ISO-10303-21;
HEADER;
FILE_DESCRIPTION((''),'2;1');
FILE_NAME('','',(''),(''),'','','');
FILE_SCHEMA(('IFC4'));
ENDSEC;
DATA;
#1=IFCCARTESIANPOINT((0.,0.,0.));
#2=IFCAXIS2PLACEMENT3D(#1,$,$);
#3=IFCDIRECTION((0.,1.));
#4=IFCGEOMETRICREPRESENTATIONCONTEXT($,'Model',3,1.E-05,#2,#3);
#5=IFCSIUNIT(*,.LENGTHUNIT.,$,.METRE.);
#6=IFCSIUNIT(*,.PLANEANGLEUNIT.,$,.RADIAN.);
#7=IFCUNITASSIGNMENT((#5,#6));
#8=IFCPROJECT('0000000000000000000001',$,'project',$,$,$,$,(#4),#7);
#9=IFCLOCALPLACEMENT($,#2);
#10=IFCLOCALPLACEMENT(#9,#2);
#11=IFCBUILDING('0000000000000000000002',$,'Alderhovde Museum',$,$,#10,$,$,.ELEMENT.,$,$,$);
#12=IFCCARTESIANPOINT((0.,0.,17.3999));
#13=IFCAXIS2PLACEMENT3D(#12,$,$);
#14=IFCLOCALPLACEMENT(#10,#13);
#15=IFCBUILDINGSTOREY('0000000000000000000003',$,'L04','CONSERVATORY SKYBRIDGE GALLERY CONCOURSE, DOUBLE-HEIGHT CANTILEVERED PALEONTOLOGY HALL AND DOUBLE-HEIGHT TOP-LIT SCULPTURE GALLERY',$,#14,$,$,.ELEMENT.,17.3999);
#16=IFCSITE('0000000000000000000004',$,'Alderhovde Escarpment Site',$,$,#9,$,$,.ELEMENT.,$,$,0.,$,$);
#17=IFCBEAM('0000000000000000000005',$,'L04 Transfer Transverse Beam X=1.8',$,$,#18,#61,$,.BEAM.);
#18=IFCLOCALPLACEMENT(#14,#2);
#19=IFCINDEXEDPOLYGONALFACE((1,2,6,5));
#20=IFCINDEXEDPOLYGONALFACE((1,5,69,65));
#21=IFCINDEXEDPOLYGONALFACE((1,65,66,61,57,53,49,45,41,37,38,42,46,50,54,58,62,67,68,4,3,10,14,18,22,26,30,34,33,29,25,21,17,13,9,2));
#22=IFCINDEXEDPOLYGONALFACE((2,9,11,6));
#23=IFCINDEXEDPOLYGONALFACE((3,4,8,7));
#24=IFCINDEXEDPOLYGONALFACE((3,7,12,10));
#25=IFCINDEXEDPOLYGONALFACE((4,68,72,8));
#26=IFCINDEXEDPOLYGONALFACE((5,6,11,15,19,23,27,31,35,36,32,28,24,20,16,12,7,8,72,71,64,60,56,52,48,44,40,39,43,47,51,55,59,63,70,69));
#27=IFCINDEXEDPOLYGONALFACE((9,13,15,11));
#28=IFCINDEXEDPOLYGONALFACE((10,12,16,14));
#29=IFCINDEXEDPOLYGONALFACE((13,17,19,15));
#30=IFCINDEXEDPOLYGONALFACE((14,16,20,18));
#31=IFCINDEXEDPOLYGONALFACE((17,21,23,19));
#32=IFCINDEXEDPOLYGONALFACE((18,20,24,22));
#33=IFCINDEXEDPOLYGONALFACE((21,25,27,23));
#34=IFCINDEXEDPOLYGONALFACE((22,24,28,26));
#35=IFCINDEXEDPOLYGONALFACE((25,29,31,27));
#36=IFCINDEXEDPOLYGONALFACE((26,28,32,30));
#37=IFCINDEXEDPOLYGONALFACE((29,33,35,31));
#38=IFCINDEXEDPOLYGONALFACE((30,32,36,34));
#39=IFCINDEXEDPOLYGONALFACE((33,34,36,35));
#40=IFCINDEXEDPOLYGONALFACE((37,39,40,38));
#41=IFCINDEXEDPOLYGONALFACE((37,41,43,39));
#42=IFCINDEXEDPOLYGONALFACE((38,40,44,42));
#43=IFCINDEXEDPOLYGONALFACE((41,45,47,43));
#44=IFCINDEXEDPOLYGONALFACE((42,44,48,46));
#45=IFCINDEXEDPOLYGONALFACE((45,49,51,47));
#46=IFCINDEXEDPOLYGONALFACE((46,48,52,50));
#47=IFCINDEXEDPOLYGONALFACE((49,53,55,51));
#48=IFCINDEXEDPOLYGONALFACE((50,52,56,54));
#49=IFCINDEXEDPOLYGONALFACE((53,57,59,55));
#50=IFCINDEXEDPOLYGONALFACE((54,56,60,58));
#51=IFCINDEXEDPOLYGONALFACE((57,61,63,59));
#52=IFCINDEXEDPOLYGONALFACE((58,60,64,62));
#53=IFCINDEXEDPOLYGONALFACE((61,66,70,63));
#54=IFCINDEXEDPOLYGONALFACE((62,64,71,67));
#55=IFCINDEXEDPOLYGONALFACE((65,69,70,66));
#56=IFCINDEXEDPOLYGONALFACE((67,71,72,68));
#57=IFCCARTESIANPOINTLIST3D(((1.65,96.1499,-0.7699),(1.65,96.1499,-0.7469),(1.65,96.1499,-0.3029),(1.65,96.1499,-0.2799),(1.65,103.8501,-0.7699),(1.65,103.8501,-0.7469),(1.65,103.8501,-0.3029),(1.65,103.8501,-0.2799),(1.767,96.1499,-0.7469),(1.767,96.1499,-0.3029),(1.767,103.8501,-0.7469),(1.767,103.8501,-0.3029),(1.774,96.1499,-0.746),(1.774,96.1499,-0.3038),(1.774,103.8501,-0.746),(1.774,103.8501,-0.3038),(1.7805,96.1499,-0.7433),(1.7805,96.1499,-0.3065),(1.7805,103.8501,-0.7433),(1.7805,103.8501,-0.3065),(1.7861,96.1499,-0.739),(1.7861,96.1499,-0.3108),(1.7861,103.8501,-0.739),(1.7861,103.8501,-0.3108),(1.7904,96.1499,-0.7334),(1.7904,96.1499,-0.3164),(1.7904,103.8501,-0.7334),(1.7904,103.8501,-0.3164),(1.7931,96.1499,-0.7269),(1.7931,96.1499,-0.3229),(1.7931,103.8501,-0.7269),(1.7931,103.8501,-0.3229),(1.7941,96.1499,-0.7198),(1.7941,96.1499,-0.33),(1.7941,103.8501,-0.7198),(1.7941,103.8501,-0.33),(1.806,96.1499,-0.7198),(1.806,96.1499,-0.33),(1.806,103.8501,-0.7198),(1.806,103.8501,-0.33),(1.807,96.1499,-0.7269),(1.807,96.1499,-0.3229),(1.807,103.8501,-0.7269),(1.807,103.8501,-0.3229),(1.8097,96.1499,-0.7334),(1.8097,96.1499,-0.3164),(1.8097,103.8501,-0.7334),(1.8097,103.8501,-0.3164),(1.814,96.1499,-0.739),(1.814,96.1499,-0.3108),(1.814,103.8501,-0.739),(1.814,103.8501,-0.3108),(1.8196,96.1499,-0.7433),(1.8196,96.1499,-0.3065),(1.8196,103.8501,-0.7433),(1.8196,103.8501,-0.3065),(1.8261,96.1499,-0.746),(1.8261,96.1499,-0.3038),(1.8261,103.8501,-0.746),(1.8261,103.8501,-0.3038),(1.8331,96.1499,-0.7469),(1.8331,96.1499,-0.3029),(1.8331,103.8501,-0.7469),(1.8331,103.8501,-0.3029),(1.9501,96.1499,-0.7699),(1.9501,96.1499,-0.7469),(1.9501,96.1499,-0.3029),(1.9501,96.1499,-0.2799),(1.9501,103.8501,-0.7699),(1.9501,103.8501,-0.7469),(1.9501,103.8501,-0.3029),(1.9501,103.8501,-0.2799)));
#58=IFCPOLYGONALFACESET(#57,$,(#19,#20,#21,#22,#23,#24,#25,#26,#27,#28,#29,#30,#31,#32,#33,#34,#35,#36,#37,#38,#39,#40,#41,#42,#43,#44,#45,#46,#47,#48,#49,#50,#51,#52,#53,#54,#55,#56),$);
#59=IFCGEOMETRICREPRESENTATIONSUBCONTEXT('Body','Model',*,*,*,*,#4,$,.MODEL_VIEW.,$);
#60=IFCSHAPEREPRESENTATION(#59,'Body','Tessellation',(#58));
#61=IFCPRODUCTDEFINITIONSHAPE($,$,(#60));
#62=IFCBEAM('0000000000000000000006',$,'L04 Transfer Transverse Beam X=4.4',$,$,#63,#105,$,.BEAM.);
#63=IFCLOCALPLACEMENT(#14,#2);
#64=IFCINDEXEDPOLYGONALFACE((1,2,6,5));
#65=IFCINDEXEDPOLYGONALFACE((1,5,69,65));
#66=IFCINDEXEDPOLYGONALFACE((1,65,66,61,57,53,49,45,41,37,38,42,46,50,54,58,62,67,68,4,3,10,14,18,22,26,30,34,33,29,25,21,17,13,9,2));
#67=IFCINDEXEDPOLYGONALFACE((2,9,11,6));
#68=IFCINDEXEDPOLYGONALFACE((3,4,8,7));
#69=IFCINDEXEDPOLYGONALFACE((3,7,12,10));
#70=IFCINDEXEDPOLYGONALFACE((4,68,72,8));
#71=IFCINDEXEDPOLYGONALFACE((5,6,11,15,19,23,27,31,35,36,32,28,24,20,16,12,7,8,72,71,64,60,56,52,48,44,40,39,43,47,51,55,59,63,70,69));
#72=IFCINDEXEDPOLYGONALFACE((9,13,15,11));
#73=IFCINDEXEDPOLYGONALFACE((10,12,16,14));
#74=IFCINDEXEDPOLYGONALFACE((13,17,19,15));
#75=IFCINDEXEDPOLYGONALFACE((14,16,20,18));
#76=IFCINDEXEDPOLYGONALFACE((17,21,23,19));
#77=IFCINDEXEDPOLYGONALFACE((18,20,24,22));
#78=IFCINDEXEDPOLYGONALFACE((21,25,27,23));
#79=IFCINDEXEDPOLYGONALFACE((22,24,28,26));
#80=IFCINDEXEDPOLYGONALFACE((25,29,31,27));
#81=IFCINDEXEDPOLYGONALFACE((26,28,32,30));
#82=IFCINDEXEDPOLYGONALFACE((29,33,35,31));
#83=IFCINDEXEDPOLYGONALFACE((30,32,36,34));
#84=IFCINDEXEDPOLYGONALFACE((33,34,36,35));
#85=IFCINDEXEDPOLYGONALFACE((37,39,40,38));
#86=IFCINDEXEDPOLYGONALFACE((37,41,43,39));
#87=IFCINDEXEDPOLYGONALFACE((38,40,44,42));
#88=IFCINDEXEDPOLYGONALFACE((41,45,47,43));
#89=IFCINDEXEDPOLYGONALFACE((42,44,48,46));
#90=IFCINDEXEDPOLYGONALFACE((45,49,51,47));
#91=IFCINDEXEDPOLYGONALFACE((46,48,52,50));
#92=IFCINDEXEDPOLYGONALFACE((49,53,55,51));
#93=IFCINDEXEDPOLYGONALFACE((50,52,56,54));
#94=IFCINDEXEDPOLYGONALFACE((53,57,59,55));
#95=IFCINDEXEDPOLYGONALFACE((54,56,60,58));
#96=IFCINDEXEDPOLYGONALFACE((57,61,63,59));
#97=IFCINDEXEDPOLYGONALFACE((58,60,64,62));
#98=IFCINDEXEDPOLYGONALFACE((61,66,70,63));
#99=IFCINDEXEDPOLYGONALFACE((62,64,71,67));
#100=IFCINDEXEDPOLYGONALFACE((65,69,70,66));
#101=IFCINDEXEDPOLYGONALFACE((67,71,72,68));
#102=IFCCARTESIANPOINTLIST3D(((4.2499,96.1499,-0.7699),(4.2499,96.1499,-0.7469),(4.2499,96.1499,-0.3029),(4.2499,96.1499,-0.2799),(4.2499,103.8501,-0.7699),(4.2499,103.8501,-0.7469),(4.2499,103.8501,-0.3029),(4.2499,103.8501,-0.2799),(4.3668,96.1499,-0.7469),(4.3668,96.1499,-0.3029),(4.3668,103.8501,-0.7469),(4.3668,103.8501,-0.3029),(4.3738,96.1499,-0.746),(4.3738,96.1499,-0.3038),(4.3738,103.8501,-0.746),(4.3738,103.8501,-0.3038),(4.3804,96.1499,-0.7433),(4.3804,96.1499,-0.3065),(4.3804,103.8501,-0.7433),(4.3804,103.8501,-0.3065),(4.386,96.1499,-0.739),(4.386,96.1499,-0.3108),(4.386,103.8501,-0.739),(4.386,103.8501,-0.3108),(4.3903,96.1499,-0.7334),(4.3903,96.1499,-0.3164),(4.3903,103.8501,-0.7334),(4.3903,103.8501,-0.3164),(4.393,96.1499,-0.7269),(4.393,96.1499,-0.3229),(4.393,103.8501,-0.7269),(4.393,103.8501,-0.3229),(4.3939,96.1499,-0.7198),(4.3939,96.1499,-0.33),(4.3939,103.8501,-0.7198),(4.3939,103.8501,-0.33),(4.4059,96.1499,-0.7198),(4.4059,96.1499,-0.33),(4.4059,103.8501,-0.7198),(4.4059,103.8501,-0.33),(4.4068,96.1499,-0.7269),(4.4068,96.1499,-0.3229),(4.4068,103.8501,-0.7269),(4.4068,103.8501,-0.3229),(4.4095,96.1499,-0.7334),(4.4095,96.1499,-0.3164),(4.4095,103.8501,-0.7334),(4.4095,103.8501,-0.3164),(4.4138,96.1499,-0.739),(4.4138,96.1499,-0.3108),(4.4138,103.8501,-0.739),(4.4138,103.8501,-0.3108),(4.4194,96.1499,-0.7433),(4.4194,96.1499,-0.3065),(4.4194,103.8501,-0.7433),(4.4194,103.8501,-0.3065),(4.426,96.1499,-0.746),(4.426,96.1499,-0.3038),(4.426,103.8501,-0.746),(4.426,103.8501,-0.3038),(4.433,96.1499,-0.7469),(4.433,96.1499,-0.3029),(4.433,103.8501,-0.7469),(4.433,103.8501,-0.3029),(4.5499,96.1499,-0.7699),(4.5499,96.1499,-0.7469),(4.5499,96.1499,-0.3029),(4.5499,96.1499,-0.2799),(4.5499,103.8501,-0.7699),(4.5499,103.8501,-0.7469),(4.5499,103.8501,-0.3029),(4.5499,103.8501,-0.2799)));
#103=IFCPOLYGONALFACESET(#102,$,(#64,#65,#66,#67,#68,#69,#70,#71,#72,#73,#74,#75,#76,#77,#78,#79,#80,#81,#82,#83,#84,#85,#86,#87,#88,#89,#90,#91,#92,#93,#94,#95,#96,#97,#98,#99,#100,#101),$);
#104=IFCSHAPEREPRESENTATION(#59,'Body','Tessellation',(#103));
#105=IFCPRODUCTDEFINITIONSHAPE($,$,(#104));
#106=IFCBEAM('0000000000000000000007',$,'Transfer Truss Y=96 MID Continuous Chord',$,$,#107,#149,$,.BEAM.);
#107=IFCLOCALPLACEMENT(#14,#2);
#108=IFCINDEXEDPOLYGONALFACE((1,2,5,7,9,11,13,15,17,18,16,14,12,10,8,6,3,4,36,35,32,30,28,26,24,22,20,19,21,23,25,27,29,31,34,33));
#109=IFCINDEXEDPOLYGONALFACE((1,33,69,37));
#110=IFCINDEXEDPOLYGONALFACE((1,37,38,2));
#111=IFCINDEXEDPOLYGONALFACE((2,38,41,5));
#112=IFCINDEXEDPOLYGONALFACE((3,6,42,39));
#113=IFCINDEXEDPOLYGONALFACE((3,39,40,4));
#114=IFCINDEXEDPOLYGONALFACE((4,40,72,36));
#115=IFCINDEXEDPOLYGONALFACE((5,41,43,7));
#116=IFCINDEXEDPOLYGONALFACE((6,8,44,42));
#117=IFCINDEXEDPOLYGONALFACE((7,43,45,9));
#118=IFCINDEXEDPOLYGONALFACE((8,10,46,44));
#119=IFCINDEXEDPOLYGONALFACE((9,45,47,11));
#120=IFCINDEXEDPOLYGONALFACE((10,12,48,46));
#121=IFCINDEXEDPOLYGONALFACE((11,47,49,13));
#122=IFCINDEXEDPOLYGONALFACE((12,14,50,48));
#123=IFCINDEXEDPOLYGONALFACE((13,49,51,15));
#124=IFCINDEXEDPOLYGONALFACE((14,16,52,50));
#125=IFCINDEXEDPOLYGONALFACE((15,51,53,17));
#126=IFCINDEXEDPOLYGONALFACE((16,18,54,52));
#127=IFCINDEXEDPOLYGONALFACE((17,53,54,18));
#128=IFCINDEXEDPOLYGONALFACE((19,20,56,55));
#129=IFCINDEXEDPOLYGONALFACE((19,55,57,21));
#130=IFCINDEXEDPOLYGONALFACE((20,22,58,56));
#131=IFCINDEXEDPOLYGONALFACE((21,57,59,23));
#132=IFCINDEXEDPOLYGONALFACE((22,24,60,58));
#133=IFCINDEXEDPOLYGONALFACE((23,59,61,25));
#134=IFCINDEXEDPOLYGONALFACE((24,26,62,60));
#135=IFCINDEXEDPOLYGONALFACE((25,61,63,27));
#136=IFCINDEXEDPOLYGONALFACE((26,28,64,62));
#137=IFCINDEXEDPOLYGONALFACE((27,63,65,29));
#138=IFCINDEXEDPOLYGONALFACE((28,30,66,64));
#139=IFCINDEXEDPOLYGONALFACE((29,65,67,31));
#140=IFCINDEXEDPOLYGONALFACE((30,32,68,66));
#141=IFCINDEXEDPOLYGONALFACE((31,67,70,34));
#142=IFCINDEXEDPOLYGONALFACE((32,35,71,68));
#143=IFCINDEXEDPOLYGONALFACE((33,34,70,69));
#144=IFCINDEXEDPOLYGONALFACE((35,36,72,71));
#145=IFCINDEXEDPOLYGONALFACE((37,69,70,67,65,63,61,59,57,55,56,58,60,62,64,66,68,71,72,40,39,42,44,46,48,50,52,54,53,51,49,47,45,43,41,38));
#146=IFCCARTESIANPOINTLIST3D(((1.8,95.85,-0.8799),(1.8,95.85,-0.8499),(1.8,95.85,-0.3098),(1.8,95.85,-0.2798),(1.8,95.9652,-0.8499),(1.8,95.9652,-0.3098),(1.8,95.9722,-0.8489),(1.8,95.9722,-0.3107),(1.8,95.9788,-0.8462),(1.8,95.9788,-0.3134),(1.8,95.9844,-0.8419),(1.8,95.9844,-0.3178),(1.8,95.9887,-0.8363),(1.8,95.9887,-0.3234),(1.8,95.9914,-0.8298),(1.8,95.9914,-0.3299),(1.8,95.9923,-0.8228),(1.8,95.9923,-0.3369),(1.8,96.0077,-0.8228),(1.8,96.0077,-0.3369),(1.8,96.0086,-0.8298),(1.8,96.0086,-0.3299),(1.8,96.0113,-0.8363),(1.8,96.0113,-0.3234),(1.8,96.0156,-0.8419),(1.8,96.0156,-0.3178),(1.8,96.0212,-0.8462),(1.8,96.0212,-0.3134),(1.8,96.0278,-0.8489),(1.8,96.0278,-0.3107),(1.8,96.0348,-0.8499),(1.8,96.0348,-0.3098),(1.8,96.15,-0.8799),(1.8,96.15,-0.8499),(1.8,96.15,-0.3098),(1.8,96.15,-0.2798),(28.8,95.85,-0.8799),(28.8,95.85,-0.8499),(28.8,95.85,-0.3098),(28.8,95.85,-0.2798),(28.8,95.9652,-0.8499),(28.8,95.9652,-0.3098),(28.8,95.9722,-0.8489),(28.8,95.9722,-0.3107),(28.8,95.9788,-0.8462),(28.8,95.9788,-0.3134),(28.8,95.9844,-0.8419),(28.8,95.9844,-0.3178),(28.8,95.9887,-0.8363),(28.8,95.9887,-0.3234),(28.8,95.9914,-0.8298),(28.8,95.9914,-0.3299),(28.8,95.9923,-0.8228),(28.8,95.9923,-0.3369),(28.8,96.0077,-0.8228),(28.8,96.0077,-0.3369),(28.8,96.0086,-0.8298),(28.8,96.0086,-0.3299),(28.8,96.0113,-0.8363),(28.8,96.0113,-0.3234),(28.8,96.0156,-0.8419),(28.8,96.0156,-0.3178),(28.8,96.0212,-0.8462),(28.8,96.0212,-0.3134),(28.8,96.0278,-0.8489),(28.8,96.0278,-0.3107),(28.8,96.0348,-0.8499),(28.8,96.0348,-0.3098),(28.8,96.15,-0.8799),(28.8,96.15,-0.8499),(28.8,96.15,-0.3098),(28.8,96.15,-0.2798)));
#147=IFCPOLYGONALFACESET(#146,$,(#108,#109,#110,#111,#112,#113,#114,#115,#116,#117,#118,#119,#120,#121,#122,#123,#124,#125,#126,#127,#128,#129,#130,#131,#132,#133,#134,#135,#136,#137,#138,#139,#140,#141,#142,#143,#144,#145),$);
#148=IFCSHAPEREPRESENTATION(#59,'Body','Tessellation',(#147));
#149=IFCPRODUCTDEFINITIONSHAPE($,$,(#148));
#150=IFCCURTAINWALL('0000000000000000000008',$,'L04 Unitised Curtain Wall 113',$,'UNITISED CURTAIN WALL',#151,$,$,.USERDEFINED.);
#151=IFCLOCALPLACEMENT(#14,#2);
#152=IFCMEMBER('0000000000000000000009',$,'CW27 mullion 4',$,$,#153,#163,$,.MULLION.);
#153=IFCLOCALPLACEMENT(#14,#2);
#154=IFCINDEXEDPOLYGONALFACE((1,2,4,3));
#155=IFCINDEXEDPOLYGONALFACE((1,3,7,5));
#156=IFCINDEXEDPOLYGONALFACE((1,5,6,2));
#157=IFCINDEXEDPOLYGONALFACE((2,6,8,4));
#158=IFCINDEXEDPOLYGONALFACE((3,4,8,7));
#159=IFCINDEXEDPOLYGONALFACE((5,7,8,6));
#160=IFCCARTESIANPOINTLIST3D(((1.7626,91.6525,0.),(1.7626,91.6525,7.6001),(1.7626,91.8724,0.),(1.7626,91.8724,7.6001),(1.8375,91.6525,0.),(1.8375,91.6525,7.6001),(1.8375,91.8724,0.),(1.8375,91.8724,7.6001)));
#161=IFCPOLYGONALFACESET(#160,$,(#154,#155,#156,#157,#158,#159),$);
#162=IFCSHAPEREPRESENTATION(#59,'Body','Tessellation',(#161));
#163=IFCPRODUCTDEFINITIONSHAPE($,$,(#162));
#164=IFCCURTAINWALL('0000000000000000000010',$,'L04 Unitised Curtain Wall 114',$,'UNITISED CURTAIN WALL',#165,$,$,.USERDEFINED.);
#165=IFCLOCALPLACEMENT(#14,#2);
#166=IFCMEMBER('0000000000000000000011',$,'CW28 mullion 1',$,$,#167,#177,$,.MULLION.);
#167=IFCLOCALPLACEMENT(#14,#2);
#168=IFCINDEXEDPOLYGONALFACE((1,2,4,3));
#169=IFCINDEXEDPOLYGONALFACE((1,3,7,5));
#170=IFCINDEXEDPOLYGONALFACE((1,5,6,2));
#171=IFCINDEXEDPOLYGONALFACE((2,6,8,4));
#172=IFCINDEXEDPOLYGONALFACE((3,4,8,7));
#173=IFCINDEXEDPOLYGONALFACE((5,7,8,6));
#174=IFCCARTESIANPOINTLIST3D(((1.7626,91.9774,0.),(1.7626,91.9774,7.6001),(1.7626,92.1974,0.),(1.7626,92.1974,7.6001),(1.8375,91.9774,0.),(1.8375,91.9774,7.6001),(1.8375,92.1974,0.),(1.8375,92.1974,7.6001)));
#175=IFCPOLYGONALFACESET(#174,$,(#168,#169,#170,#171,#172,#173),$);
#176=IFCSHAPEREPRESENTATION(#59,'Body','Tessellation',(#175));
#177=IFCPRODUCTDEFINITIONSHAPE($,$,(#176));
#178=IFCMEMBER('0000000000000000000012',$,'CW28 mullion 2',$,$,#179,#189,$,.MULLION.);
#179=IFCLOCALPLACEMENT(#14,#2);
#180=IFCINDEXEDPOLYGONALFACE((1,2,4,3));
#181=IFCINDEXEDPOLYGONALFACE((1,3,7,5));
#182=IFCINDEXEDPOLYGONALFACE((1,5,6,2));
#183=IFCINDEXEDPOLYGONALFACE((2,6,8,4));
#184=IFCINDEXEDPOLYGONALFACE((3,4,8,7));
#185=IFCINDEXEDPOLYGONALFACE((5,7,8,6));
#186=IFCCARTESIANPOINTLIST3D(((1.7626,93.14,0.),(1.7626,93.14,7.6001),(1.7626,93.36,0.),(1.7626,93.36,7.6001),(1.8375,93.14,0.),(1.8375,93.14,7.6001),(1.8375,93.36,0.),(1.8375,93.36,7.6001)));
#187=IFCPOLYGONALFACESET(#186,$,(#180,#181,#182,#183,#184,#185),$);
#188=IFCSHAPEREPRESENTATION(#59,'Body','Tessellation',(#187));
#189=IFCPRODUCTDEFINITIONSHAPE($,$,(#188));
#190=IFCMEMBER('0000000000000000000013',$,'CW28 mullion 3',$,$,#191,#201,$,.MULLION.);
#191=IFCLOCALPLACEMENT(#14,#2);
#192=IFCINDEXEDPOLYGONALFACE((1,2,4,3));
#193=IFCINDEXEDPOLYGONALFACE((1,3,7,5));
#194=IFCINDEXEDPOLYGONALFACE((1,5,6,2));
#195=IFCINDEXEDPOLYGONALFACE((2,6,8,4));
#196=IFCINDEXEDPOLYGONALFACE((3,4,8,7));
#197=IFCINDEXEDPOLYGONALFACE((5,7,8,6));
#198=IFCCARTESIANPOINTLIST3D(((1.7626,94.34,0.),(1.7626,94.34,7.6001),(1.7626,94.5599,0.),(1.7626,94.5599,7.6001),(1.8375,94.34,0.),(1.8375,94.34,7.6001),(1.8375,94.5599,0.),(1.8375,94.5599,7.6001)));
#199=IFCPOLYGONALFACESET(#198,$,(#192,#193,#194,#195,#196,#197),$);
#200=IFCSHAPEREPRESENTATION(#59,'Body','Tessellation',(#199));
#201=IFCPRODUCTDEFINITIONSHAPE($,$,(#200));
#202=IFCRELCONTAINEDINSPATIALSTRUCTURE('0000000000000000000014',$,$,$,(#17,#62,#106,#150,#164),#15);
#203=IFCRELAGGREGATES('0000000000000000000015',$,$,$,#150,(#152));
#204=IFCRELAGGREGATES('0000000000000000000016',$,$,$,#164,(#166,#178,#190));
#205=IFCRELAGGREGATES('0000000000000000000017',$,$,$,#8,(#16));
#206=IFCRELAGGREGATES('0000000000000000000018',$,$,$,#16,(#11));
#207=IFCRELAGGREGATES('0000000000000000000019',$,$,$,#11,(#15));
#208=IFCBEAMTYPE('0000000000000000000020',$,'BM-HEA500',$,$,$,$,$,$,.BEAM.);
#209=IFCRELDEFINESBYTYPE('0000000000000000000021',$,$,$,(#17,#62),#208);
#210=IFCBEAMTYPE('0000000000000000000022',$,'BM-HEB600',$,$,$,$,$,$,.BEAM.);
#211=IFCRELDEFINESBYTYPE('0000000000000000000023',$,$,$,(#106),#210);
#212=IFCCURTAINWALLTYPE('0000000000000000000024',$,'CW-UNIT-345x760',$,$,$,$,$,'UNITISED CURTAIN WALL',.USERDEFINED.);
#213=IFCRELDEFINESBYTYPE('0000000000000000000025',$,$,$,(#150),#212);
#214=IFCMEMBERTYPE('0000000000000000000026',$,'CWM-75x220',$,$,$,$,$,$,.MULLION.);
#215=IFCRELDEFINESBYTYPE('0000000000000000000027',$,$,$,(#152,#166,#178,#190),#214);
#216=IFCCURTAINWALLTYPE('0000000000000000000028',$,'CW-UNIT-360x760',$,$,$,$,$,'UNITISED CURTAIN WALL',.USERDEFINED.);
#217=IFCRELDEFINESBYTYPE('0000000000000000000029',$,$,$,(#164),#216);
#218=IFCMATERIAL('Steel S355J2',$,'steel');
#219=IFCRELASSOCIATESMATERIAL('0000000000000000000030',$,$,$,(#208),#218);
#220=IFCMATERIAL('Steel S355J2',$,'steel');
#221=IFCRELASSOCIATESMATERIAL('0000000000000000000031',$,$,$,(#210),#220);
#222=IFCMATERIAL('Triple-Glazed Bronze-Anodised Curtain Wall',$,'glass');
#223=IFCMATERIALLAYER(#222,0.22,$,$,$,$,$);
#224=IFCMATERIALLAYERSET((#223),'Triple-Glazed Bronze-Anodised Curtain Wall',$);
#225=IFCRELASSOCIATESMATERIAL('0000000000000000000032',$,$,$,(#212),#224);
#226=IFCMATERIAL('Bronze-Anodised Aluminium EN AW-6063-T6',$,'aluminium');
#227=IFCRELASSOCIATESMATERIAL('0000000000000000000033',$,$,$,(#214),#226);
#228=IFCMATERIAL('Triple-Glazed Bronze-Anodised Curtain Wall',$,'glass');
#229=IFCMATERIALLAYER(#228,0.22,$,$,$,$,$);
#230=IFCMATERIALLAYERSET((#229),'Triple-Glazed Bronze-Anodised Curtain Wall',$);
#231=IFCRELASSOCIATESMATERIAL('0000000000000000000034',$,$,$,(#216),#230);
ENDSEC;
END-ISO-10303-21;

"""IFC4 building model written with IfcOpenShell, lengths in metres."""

from ifc_helpers import new_model, si_unit, direction, frame, origin, origin_2d, place, context, subcontext, project, spatial, rectangle, i_section, extrude, material, layer, layer_set, material_profile, profile_set, type_object, element, aggregate, save


model = new_model("IFC4")

# Units and contexts
model_context = context("Model", 3, precision=1e-05, world=origin(), true_north=direction((0.0, 1.0)))
body_context = subcontext(model_context, "Body", "Model", "MODEL_VIEW")
ifc_project = project(units=[si_unit("LENGTHUNIT", "METRE"), si_unit("PLANEANGLEUNIT", "RADIAN")], contexts=[model_context])

# Site, building, storey
site_placement = place(None, origin())
site = spatial("IfcSite", under=ifc_project, at=site_placement, Name="Alderhovde Escarpment Site", CompositionType="ELEMENT", RefElevation=0.0)
building_placement = place(site_placement, origin())
building = spatial("IfcBuilding", under=site, at=building_placement, Name="Alderhovde Museum", CompositionType="ELEMENT")
storey_placement = place(building_placement, frame((0.0, 0.0, 17.3999)))
storey = spatial("IfcBuildingStorey", under=building, at=storey_placement, Name="L04", Description="CONSERVATORY SKYBRIDGE GALLERY CONCOURSE, DOUBLE-HEIGHT CANTILEVERED PALEONTOLOGY HALL AND DOUBLE-HEIGHT TOP-LIT SCULPTURE GALLERY", CompositionType="ELEMENT", Elevation=17.3999)

# Beams
ifc_material_1 = material(Name="Steel S355J2", Category="steel")
ifc_material_profile_1 = material_profile(ifc_material_1, i_section(OverallWidth=0.3, OverallDepth=0.49, WebThickness=0.012, FlangeThickness=0.0229, FilletRadius=0.0271, at=origin_2d()), Name="HEA 500")
ifc_profile_set_1 = profile_set([ifc_material_profile_1], Name="Steel S355J2")
beam_type_1 = type_object("IfcBeamType", Name="BM-HEA500", PredefinedType="BEAM", material=ifc_profile_set_1)
for number, where, z_axis, x_axis, name in (
    (1, (1.8, 96.1499, -0.5249), (0.0, 1.0, 0.0), (-1.0, 0.0, 0.0), "L04 Transfer Transverse Beam X=1.8"),
    (2, (4.3999, 96.1499, -0.5249), (0.0, 1.0, 0.0), (-1.0, 0.0, 0.0), "L04 Transfer Transverse Beam X=4.4"),
):
    element("IfcBeam", number, at=place(storey_placement, frame(where, z_axis=z_axis, x_axis=x_axis)), inside=storey, type_object=beam_type_1, Name=name, PredefinedType="BEAM", context=body_context, shape_type="SweptSolid", body=[
        extrude(i_section(OverallWidth=0.3, OverallDepth=0.49, WebThickness=0.012, FlangeThickness=0.0229, FilletRadius=0.0271, at=origin_2d()), origin(), (0.0, 0.0, 1.0), 7.7002),
    ])
ifc_material_2 = material(Name="Steel S355J2", Category="steel")
ifc_material_profile_2 = material_profile(ifc_material_2, i_section(OverallWidth=0.3, OverallDepth=0.6001, WebThickness=0.0154, FlangeThickness=0.03, FilletRadius=0.0271, at=origin_2d()), Name="HEB 600")
ifc_profile_set_2 = profile_set([ifc_material_profile_2], Name="Steel S355J2")
beam_type_2 = type_object("IfcBeamType", Name="BM-HEB600", PredefinedType="BEAM", material=ifc_profile_set_2)
beam_placement = place(storey_placement, frame((1.8, 96.0, -0.5798), z_axis=(1.0, 0.0, 0.0), x_axis=(0.0, 1.0, 0.0)))
element("IfcBeam", 3, at=beam_placement, inside=storey, type_object=beam_type_2, Name="Transfer Truss Y=96 MID Continuous Chord", PredefinedType="BEAM", context=body_context, shape_type="SweptSolid", body=[
    extrude(i_section(OverallWidth=0.3, OverallDepth=0.6001, WebThickness=0.0154, FlangeThickness=0.03, FilletRadius=0.0271, at=origin_2d()), origin(), (0.0, 0.0, 1.0), 27.0),
])

# Curtain wall, member
ifc_material_3 = material(Name="Triple-Glazed Bronze-Anodised Curtain Wall", Category="glass")
ifc_layer_1 = layer(ifc_material_3, 0.22)
ifc_layer_set_1 = layer_set([ifc_layer_1], Name="Triple-Glazed Bronze-Anodised Curtain Wall")
curtain_wall_type_1 = type_object("IfcCurtainWallType", Name="CW-UNIT-345x760", ElementType="UNITISED CURTAIN WALL", PredefinedType="USERDEFINED", material=ifc_layer_set_1)
curtain_wall_1_placement = place(storey_placement, origin())
curtain_wall_1 = element("IfcCurtainWall", 4, at=curtain_wall_1_placement, inside=storey, type_object=curtain_wall_type_1, Name="L04 Unitised Curtain Wall 113", ObjectType="UNITISED CURTAIN WALL", PredefinedType="USERDEFINED")
ifc_material_4 = material(Name="Bronze-Anodised Aluminium EN AW-6063-T6", Category="aluminium")
ifc_material_profile_3 = material_profile(ifc_material_4, rectangle(XDim=0.075, YDim=0.22, at=origin_2d()), Name="MULLION 75x220")
ifc_profile_set_3 = profile_set([ifc_material_profile_3], Name="Bronze-Anodised Aluminium EN AW-6063-T6")
member_type_1 = type_object("IfcMemberType", Name="CWM-75x220", PredefinedType="MULLION", material=ifc_profile_set_3)
member_1_placement = place(storey_placement, frame((1.8, 91.7625, 0.0), z_axis=(0.0, 0.0, 1.0), x_axis=(-1.0, 0.0, 0.0)))
member_1 = element("IfcMember", 5, at=member_1_placement, type_object=member_type_1, Name="CW27 mullion 4", PredefinedType="MULLION", context=body_context, shape_type="SweptSolid", body=[
    extrude(rectangle(XDim=0.075, YDim=0.22, at=origin_2d()), origin(), (0.0, 0.0, 1.0), 7.6001),
])

# Curtain wall, members
ifc_material_5 = material(Name="Triple-Glazed Bronze-Anodised Curtain Wall", Category="glass")
ifc_layer_2 = layer(ifc_material_5, 0.22)
ifc_layer_set_2 = layer_set([ifc_layer_2], Name="Triple-Glazed Bronze-Anodised Curtain Wall")
curtain_wall_type_2 = type_object("IfcCurtainWallType", Name="CW-UNIT-360x760", ElementType="UNITISED CURTAIN WALL", PredefinedType="USERDEFINED", material=ifc_layer_set_2)
curtain_wall_2_placement = place(storey_placement, origin())
curtain_wall_2 = element("IfcCurtainWall", 6, at=curtain_wall_2_placement, inside=storey, type_object=curtain_wall_type_2, Name="L04 Unitised Curtain Wall 114", ObjectType="UNITISED CURTAIN WALL", PredefinedType="USERDEFINED")
member_2_placement = place(storey_placement, frame((1.8, 92.0874, 0.0), z_axis=(0.0, 0.0, 1.0), x_axis=(-1.0, 0.0, 0.0)))
member_2 = element("IfcMember", 7, at=member_2_placement, type_object=member_type_1, Name="CW28 mullion 1", PredefinedType="MULLION", context=body_context, shape_type="SweptSolid", body=[
    extrude(rectangle(XDim=0.075, YDim=0.22, at=origin_2d()), origin(), (0.0, 0.0, 1.0), 7.6001),
])
member_3_placement = place(storey_placement, frame((1.8, 93.25, 0.0), z_axis=(0.0, 0.0, 1.0), x_axis=(-1.0, 0.0, 0.0)))
member_3 = element("IfcMember", 8, at=member_3_placement, type_object=member_type_1, Name="CW28 mullion 2", PredefinedType="MULLION", context=body_context, shape_type="SweptSolid", body=[
    extrude(rectangle(XDim=0.075, YDim=0.22, at=origin_2d()), origin(), (0.0, 0.0, 1.0), 7.6001),
])
member_4_placement = place(storey_placement, frame((1.8, 94.45, 0.0), z_axis=(0.0, 0.0, 1.0), x_axis=(-1.0, 0.0, 0.0)))
member_4 = element("IfcMember", 9, at=member_4_placement, type_object=member_type_1, Name="CW28 mullion 3", PredefinedType="MULLION", context=body_context, shape_type="SweptSolid", body=[
    extrude(rectangle(XDim=0.075, YDim=0.22, at=origin_2d()), origin(), (0.0, 0.0, 1.0), 7.6001),
])

aggregate(curtain_wall_1, [member_1])
aggregate(curtain_wall_2, [member_2, member_3, member_4])

save(model, "model.ifc")
